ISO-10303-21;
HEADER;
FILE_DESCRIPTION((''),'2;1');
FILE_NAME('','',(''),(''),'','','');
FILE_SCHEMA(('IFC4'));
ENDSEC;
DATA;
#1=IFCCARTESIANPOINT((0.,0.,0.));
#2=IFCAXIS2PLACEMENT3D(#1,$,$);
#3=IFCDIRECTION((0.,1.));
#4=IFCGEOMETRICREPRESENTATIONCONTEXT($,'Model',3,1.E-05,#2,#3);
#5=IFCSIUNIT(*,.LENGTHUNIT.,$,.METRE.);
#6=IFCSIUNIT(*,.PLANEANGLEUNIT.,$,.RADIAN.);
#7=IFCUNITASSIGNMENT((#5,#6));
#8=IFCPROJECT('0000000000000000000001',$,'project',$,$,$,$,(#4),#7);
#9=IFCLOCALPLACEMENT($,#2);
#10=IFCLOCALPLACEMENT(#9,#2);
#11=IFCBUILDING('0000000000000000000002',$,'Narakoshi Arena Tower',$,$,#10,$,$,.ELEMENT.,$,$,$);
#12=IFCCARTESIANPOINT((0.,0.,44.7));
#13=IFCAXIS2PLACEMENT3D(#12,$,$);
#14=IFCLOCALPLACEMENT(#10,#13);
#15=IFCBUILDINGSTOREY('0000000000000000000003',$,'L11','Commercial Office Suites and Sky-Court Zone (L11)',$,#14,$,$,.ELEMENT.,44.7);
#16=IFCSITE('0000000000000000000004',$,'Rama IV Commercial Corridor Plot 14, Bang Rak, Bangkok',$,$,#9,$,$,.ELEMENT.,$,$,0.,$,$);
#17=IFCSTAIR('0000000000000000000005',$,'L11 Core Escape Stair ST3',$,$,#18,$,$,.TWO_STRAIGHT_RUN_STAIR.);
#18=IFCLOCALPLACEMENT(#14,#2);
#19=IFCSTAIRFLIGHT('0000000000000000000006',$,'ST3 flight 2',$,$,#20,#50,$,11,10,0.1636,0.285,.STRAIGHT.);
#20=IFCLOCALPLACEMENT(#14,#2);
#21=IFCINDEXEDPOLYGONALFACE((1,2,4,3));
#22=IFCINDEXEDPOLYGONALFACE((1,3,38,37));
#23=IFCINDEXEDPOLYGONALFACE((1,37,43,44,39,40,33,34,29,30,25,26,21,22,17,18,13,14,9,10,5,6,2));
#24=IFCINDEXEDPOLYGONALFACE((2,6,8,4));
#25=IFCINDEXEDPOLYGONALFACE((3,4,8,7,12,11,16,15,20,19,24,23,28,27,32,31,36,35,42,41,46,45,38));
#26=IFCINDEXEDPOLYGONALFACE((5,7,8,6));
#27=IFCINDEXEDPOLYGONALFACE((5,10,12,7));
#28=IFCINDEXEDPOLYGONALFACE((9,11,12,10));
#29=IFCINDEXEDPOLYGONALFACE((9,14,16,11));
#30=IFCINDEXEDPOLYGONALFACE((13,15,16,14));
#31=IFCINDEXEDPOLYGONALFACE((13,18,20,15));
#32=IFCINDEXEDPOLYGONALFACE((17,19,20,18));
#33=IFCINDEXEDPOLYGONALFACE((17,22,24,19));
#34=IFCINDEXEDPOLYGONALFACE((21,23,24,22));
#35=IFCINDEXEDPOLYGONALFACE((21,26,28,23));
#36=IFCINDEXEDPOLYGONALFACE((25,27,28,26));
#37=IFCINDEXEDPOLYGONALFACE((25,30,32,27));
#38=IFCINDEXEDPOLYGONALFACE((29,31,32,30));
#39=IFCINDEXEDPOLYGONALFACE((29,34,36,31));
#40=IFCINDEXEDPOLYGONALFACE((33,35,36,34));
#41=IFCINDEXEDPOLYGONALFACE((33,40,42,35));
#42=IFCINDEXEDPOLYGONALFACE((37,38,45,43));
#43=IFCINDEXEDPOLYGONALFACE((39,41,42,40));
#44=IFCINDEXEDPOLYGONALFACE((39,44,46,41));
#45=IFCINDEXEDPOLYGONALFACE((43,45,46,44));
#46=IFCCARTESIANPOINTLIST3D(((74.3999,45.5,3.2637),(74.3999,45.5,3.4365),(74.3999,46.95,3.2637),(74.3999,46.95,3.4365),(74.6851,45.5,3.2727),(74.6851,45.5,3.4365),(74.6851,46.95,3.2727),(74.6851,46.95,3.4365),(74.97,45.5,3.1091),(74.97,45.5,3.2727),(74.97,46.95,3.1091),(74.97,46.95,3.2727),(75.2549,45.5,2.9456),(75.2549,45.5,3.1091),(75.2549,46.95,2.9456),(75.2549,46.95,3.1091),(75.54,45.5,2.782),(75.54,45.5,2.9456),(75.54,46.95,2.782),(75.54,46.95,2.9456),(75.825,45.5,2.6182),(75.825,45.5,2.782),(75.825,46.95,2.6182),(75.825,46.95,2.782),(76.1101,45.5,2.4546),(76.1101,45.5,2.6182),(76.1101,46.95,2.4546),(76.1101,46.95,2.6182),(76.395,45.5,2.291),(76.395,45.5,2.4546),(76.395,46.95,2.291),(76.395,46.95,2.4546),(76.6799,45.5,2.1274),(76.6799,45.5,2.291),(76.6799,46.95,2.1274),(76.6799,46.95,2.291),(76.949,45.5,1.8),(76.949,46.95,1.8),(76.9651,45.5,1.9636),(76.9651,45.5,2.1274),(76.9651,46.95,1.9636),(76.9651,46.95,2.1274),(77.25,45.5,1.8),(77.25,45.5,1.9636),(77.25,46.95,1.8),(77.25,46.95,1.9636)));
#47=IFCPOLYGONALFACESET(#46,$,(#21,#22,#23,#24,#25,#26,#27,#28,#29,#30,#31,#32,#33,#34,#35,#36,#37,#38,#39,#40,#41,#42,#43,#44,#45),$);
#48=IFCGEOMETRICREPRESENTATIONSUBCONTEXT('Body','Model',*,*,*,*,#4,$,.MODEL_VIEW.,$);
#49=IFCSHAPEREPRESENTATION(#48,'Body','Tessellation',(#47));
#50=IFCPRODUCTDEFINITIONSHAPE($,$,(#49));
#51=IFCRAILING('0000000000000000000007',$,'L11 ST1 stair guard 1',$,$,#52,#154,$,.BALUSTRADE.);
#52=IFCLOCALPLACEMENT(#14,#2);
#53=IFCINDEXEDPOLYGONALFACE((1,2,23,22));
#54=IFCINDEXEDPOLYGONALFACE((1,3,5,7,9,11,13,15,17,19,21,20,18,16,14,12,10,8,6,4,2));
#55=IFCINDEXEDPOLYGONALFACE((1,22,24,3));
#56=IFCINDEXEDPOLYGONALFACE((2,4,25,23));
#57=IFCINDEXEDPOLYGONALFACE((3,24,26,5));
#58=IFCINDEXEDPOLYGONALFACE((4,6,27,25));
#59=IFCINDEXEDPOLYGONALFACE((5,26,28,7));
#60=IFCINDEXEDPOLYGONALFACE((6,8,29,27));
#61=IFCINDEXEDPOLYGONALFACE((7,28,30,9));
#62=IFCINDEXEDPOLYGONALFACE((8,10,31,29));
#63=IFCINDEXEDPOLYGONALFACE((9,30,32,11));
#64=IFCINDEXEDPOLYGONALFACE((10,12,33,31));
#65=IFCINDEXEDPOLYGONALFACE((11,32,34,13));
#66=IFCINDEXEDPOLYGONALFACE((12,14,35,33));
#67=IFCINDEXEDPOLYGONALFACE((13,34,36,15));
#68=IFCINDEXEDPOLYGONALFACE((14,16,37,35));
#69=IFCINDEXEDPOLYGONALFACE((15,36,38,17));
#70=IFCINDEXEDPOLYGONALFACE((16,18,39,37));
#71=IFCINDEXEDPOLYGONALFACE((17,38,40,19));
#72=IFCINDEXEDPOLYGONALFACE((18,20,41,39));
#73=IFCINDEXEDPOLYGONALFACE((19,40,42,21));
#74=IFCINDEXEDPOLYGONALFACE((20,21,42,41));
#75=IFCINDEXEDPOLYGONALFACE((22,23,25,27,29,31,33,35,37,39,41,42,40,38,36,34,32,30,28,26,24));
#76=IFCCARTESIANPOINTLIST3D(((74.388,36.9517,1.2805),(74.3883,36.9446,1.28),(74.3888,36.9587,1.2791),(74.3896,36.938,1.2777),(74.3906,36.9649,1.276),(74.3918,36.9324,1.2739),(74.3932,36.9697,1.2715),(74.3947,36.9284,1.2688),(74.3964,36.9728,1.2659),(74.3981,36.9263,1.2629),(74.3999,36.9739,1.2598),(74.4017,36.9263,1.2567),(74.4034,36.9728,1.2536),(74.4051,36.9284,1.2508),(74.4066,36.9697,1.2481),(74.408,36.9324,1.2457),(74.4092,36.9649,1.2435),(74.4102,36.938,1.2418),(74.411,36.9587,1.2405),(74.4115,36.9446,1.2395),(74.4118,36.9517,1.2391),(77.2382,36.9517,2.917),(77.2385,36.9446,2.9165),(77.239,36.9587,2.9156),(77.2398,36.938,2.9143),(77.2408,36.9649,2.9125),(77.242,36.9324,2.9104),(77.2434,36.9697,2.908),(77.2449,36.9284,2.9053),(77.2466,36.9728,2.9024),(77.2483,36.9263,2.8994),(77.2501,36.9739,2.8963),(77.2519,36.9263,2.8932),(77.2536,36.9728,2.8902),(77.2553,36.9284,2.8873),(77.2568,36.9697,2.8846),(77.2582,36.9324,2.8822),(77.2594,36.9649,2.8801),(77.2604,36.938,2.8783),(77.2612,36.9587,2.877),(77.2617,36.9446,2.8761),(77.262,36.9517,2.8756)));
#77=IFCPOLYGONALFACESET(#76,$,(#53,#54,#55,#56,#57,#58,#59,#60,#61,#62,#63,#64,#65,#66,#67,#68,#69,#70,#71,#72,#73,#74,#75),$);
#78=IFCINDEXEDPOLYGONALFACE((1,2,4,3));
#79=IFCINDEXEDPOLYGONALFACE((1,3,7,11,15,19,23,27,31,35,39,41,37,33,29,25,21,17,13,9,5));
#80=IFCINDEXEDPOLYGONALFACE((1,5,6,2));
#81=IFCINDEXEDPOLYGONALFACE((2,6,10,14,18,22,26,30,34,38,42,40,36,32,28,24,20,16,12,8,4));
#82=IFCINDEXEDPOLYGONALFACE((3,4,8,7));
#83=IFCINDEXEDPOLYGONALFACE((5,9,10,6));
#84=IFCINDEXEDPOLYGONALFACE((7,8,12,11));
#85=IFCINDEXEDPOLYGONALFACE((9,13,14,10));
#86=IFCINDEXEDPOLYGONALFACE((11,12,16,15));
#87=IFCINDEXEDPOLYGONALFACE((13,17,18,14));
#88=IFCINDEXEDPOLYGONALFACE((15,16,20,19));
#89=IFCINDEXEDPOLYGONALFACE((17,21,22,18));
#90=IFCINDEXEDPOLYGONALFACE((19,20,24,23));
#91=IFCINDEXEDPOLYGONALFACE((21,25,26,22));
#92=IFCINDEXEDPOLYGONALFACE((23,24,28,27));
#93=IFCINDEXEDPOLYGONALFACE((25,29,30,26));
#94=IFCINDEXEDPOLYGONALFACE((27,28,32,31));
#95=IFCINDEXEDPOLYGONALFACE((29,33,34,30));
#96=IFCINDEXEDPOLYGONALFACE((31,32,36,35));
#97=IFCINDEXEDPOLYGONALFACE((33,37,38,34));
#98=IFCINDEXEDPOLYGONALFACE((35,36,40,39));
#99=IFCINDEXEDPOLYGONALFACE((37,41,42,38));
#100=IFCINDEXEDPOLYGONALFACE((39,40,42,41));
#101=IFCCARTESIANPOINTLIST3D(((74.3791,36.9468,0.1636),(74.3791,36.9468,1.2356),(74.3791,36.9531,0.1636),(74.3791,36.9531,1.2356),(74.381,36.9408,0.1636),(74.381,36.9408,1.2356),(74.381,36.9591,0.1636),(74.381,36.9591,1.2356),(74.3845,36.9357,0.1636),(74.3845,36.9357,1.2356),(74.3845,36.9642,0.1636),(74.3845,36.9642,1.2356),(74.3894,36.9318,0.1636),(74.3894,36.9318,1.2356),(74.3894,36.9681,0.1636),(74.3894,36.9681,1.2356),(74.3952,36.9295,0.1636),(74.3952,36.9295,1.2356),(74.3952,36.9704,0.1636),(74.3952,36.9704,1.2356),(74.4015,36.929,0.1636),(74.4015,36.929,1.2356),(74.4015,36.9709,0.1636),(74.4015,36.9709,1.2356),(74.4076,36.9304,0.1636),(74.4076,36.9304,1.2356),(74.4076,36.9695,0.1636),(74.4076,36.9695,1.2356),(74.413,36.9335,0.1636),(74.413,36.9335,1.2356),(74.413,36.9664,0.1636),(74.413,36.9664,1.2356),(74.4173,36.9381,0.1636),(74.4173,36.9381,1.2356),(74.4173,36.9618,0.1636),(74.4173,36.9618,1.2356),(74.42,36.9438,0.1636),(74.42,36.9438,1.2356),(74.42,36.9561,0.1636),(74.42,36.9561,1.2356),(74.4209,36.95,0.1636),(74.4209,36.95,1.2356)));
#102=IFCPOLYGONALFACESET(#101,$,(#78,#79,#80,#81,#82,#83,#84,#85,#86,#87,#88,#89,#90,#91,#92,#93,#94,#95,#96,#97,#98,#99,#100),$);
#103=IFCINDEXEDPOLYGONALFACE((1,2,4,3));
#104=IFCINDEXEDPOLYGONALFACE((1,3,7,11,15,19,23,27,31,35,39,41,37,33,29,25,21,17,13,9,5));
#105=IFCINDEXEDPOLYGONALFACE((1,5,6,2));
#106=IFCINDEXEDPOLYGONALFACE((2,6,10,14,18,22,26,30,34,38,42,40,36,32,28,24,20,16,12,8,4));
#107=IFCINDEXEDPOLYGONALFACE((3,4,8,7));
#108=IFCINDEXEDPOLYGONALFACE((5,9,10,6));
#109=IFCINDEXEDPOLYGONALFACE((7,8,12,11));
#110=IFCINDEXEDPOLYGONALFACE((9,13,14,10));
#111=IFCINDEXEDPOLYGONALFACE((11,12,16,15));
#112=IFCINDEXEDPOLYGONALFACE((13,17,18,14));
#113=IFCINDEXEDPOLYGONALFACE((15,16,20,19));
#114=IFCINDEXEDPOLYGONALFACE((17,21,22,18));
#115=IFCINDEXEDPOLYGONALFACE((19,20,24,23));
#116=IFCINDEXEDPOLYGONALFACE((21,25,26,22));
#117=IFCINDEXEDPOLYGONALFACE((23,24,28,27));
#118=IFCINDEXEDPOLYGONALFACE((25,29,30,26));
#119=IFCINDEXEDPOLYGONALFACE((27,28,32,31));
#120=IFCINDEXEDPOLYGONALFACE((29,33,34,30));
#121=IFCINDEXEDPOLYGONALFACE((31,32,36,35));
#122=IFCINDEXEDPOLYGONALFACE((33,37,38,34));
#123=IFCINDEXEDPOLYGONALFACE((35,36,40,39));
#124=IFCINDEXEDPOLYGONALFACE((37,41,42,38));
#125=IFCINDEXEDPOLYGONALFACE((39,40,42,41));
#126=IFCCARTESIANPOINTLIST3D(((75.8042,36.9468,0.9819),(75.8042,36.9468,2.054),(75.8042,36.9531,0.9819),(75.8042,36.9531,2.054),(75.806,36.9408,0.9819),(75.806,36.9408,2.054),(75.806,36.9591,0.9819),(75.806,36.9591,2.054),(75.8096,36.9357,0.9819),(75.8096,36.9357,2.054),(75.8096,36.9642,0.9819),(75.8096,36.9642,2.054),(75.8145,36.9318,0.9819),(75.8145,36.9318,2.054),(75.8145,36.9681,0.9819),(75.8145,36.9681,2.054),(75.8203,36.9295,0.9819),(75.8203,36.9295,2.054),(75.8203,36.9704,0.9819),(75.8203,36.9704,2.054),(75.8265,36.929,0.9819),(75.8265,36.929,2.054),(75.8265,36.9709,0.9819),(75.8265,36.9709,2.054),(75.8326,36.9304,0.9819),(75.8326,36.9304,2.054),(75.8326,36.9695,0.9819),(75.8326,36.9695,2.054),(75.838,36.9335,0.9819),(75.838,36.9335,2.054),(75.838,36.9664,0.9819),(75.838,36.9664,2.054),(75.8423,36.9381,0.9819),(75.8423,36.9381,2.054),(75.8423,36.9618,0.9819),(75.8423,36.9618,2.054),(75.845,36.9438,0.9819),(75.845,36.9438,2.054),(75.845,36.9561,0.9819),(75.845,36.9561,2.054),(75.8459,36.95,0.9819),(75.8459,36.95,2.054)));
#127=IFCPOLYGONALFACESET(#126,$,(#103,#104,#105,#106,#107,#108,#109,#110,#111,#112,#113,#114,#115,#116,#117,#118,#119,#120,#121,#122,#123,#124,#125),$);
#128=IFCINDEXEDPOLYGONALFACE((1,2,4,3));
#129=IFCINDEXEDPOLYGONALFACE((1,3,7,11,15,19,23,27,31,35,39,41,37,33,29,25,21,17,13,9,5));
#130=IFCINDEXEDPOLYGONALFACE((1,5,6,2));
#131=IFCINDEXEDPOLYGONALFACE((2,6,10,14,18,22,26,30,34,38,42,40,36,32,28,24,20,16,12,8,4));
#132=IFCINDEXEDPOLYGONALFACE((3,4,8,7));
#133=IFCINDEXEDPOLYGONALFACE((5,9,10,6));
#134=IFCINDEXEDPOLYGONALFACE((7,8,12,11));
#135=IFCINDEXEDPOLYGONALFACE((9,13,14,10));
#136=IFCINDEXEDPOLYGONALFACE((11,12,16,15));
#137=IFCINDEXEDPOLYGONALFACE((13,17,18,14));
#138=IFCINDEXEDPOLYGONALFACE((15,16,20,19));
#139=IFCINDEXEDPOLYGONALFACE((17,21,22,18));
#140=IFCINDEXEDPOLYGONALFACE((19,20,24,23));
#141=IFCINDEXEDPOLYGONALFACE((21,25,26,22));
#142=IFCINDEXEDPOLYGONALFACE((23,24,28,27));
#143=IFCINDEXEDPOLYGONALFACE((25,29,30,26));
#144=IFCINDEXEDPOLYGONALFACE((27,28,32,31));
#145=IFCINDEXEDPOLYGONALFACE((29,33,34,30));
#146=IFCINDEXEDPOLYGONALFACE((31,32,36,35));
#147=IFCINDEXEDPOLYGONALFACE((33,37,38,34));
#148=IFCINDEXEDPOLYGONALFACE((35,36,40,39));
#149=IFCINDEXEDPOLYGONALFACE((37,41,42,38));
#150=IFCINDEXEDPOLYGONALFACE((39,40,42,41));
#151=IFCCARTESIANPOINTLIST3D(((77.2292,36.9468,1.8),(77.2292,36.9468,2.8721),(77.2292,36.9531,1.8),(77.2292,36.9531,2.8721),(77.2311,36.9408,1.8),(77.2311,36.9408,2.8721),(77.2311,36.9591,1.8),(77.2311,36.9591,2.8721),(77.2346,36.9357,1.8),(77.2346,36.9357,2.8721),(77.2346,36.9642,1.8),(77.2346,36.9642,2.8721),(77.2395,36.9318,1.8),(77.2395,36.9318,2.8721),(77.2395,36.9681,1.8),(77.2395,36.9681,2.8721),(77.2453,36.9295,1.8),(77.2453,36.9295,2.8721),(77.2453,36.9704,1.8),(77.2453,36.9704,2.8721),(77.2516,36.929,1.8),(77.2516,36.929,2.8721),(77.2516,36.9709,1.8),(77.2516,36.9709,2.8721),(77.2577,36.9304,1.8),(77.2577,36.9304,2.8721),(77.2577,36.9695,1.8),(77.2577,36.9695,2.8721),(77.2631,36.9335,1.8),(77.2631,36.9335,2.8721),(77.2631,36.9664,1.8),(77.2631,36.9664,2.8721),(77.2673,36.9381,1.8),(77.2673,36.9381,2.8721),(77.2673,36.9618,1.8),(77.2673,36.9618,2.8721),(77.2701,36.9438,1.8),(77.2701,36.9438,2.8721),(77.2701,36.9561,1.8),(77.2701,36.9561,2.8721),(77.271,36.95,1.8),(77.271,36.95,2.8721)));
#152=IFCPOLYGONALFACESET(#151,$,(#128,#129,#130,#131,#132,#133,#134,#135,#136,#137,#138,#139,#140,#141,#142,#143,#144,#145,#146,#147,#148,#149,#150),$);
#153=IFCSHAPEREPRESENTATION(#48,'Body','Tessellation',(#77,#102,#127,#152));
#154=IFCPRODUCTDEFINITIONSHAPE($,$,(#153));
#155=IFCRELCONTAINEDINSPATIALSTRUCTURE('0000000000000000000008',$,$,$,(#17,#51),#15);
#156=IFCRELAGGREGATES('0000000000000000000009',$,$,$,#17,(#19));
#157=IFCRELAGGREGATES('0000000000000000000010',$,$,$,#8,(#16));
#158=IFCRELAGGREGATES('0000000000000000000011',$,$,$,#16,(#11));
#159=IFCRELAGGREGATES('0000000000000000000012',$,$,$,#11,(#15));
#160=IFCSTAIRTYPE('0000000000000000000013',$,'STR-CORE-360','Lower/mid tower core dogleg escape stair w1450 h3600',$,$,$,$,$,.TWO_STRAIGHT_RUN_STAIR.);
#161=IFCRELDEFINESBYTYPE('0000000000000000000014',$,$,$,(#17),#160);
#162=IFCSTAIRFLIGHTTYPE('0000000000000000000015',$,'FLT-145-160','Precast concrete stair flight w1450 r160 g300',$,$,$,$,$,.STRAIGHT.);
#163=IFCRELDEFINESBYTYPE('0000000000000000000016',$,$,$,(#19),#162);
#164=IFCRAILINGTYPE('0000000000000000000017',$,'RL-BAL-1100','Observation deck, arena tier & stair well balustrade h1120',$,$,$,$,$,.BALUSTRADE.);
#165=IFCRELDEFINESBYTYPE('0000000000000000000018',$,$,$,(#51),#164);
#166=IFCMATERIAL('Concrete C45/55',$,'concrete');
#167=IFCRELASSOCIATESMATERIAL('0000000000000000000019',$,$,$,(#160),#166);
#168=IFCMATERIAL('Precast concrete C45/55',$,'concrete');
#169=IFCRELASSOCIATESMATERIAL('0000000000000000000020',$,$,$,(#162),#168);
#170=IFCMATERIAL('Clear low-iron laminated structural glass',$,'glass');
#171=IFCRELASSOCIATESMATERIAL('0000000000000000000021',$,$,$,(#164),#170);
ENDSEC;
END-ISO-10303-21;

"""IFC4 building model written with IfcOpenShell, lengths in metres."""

from ifc_helpers import new_model, si_unit, direction, frame, origin, origin_2d, place, context, subcontext, project, spatial, polyline, circle, outline, extrude, material, type_object, element, aggregate, save


model = new_model("IFC4")

# Units and contexts
model_context = context("Model", 3, precision=1e-05, world=origin(), true_north=direction((0.0, 1.0)))
body_context = subcontext(model_context, "Body", "Model", "MODEL_VIEW")
ifc_project = project(units=[si_unit("LENGTHUNIT", "METRE"), si_unit("PLANEANGLEUNIT", "RADIAN")], contexts=[model_context])

# Site, building, storey
site_placement = place(None, origin())
site = spatial("IfcSite", under=ifc_project, at=site_placement, Name="Rama IV Commercial Corridor Plot 14, Bang Rak, Bangkok", CompositionType="ELEMENT", RefElevation=0.0)
building_placement = place(site_placement, origin())
building = spatial("IfcBuilding", under=site, at=building_placement, Name="Narakoshi Arena Tower", CompositionType="ELEMENT")
storey_placement = place(building_placement, frame((0.0, 0.0, 44.7)))
storey = spatial("IfcBuildingStorey", under=building, at=storey_placement, Name="L11", Description="Commercial Office Suites and Sky-Court Zone (L11)", CompositionType="ELEMENT", Elevation=44.7)

# Stair, stair flight
ifc_material_1 = material(Name="Concrete C45/55", Category="concrete")
stair_type = type_object("IfcStairType", Name="STR-CORE-360", Description="Lower/mid tower core dogleg escape stair w1450 h3600", PredefinedType="TWO_STRAIGHT_RUN_STAIR", material=ifc_material_1)
ifc_material_2 = material(Name="Precast concrete C45/55", Category="concrete")
stair_flight_type = type_object("IfcStairFlightType", Name="FLT-145-160", Description="Precast concrete stair flight w1450 r160 g300", PredefinedType="STRAIGHT", material=ifc_material_2)
stair_1_placement = place(storey_placement, origin())
stair_1 = element("IfcStair", 1, at=stair_1_placement, inside=storey, type_object=stair_type, Name="L11 Core Escape Stair ST3", PredefinedType="TWO_STRAIGHT_RUN_STAIR")
stair_flight_1_placement = place(storey_placement, frame((77.25, 46.2251, 1.8), z_axis=(0.0, 0.0, 1.0), x_axis=(-1.0, 0.0, 0.0)))
stair_flight_1 = element("IfcStairFlight", 2, at=stair_flight_1_placement, type_object=stair_flight_type, Name="ST3 flight 2", NumberOfRisers=11, NumberOfTreads=10, PredefinedType="STRAIGHT", RiserHeight=0.1636, TreadLength=0.285, context=body_context, shape_type="SweptSolid", body=[
    extrude(outline(polyline([(0.0, 0.0), (0.0, 0.1636), (0.2849, 0.1636), (0.2849, 0.3274), (0.5701, 0.3274), (0.5701, 0.491), (0.855, 0.491), (0.855, 0.6545), (1.1399, 0.6545), (1.1399, 0.8181), (1.425, 0.8181), (1.425, 0.9819), (1.71, 0.9819), (1.71, 1.1455), (1.9951, 1.1455), (1.9951, 1.3091), (2.28, 1.3091), (2.28, 1.4727), (2.5649, 1.4727), (2.5649, 1.6365), (2.8501, 1.6365), (2.8501, 1.8), (2.8501, 1.4636), (0.301, 0.0), (0.0, 0.0)])), frame((0.0, 0.7251, 0.0), z_axis=(0.0, -1.0, 0.0), x_axis=(1.0, 0.0, 0.0)), (0.0, 0.0, 1.0), 1.45),
])
aggregate(stair_1, [stair_flight_1])

# Railing
ifc_material_3 = material(Name="Clear low-iron laminated structural glass", Category="glass")
railing_type_1 = type_object("IfcRailingType", Name="RL-BAL-1100", Description="Observation deck, arena tier & stair well balustrade h1120", PredefinedType="BALUSTRADE", material=ifc_material_3)
railing_1_placement = place(storey_placement, frame((74.3999, 36.95, 0.1636)))
element("IfcRailing", 3, at=railing_1_placement, inside=storey, type_object=railing_type_1, Name="L11 ST1 stair guard 1", PredefinedType="BALUSTRADE", context=body_context, shape_type="SweptSolid", body=[
    extrude(circle(Radius=0.0239, at=origin_2d()), frame((0.0, 0.0, 1.0962), z_axis=(0.867213, 0.0, 0.497938), x_axis=(0.0, 1.0, 0.0)), (0.0, 0.0, 1.0), 3.2866),
    extrude(circle(Radius=0.021, at=origin_2d()), origin(), (0.0, 0.0, 1.0), 1.072),
    extrude(circle(Radius=0.021, at=origin_2d()), frame((1.425, 0.0, 0.8184)), (0.0, 0.0, 1.0), 1.072),
    extrude(circle(Radius=0.021, at=origin_2d()), frame((2.8501, 0.0, 1.6365)), (0.0, 0.0, 1.0), 1.072),
])

save(model, "model.ifc")
